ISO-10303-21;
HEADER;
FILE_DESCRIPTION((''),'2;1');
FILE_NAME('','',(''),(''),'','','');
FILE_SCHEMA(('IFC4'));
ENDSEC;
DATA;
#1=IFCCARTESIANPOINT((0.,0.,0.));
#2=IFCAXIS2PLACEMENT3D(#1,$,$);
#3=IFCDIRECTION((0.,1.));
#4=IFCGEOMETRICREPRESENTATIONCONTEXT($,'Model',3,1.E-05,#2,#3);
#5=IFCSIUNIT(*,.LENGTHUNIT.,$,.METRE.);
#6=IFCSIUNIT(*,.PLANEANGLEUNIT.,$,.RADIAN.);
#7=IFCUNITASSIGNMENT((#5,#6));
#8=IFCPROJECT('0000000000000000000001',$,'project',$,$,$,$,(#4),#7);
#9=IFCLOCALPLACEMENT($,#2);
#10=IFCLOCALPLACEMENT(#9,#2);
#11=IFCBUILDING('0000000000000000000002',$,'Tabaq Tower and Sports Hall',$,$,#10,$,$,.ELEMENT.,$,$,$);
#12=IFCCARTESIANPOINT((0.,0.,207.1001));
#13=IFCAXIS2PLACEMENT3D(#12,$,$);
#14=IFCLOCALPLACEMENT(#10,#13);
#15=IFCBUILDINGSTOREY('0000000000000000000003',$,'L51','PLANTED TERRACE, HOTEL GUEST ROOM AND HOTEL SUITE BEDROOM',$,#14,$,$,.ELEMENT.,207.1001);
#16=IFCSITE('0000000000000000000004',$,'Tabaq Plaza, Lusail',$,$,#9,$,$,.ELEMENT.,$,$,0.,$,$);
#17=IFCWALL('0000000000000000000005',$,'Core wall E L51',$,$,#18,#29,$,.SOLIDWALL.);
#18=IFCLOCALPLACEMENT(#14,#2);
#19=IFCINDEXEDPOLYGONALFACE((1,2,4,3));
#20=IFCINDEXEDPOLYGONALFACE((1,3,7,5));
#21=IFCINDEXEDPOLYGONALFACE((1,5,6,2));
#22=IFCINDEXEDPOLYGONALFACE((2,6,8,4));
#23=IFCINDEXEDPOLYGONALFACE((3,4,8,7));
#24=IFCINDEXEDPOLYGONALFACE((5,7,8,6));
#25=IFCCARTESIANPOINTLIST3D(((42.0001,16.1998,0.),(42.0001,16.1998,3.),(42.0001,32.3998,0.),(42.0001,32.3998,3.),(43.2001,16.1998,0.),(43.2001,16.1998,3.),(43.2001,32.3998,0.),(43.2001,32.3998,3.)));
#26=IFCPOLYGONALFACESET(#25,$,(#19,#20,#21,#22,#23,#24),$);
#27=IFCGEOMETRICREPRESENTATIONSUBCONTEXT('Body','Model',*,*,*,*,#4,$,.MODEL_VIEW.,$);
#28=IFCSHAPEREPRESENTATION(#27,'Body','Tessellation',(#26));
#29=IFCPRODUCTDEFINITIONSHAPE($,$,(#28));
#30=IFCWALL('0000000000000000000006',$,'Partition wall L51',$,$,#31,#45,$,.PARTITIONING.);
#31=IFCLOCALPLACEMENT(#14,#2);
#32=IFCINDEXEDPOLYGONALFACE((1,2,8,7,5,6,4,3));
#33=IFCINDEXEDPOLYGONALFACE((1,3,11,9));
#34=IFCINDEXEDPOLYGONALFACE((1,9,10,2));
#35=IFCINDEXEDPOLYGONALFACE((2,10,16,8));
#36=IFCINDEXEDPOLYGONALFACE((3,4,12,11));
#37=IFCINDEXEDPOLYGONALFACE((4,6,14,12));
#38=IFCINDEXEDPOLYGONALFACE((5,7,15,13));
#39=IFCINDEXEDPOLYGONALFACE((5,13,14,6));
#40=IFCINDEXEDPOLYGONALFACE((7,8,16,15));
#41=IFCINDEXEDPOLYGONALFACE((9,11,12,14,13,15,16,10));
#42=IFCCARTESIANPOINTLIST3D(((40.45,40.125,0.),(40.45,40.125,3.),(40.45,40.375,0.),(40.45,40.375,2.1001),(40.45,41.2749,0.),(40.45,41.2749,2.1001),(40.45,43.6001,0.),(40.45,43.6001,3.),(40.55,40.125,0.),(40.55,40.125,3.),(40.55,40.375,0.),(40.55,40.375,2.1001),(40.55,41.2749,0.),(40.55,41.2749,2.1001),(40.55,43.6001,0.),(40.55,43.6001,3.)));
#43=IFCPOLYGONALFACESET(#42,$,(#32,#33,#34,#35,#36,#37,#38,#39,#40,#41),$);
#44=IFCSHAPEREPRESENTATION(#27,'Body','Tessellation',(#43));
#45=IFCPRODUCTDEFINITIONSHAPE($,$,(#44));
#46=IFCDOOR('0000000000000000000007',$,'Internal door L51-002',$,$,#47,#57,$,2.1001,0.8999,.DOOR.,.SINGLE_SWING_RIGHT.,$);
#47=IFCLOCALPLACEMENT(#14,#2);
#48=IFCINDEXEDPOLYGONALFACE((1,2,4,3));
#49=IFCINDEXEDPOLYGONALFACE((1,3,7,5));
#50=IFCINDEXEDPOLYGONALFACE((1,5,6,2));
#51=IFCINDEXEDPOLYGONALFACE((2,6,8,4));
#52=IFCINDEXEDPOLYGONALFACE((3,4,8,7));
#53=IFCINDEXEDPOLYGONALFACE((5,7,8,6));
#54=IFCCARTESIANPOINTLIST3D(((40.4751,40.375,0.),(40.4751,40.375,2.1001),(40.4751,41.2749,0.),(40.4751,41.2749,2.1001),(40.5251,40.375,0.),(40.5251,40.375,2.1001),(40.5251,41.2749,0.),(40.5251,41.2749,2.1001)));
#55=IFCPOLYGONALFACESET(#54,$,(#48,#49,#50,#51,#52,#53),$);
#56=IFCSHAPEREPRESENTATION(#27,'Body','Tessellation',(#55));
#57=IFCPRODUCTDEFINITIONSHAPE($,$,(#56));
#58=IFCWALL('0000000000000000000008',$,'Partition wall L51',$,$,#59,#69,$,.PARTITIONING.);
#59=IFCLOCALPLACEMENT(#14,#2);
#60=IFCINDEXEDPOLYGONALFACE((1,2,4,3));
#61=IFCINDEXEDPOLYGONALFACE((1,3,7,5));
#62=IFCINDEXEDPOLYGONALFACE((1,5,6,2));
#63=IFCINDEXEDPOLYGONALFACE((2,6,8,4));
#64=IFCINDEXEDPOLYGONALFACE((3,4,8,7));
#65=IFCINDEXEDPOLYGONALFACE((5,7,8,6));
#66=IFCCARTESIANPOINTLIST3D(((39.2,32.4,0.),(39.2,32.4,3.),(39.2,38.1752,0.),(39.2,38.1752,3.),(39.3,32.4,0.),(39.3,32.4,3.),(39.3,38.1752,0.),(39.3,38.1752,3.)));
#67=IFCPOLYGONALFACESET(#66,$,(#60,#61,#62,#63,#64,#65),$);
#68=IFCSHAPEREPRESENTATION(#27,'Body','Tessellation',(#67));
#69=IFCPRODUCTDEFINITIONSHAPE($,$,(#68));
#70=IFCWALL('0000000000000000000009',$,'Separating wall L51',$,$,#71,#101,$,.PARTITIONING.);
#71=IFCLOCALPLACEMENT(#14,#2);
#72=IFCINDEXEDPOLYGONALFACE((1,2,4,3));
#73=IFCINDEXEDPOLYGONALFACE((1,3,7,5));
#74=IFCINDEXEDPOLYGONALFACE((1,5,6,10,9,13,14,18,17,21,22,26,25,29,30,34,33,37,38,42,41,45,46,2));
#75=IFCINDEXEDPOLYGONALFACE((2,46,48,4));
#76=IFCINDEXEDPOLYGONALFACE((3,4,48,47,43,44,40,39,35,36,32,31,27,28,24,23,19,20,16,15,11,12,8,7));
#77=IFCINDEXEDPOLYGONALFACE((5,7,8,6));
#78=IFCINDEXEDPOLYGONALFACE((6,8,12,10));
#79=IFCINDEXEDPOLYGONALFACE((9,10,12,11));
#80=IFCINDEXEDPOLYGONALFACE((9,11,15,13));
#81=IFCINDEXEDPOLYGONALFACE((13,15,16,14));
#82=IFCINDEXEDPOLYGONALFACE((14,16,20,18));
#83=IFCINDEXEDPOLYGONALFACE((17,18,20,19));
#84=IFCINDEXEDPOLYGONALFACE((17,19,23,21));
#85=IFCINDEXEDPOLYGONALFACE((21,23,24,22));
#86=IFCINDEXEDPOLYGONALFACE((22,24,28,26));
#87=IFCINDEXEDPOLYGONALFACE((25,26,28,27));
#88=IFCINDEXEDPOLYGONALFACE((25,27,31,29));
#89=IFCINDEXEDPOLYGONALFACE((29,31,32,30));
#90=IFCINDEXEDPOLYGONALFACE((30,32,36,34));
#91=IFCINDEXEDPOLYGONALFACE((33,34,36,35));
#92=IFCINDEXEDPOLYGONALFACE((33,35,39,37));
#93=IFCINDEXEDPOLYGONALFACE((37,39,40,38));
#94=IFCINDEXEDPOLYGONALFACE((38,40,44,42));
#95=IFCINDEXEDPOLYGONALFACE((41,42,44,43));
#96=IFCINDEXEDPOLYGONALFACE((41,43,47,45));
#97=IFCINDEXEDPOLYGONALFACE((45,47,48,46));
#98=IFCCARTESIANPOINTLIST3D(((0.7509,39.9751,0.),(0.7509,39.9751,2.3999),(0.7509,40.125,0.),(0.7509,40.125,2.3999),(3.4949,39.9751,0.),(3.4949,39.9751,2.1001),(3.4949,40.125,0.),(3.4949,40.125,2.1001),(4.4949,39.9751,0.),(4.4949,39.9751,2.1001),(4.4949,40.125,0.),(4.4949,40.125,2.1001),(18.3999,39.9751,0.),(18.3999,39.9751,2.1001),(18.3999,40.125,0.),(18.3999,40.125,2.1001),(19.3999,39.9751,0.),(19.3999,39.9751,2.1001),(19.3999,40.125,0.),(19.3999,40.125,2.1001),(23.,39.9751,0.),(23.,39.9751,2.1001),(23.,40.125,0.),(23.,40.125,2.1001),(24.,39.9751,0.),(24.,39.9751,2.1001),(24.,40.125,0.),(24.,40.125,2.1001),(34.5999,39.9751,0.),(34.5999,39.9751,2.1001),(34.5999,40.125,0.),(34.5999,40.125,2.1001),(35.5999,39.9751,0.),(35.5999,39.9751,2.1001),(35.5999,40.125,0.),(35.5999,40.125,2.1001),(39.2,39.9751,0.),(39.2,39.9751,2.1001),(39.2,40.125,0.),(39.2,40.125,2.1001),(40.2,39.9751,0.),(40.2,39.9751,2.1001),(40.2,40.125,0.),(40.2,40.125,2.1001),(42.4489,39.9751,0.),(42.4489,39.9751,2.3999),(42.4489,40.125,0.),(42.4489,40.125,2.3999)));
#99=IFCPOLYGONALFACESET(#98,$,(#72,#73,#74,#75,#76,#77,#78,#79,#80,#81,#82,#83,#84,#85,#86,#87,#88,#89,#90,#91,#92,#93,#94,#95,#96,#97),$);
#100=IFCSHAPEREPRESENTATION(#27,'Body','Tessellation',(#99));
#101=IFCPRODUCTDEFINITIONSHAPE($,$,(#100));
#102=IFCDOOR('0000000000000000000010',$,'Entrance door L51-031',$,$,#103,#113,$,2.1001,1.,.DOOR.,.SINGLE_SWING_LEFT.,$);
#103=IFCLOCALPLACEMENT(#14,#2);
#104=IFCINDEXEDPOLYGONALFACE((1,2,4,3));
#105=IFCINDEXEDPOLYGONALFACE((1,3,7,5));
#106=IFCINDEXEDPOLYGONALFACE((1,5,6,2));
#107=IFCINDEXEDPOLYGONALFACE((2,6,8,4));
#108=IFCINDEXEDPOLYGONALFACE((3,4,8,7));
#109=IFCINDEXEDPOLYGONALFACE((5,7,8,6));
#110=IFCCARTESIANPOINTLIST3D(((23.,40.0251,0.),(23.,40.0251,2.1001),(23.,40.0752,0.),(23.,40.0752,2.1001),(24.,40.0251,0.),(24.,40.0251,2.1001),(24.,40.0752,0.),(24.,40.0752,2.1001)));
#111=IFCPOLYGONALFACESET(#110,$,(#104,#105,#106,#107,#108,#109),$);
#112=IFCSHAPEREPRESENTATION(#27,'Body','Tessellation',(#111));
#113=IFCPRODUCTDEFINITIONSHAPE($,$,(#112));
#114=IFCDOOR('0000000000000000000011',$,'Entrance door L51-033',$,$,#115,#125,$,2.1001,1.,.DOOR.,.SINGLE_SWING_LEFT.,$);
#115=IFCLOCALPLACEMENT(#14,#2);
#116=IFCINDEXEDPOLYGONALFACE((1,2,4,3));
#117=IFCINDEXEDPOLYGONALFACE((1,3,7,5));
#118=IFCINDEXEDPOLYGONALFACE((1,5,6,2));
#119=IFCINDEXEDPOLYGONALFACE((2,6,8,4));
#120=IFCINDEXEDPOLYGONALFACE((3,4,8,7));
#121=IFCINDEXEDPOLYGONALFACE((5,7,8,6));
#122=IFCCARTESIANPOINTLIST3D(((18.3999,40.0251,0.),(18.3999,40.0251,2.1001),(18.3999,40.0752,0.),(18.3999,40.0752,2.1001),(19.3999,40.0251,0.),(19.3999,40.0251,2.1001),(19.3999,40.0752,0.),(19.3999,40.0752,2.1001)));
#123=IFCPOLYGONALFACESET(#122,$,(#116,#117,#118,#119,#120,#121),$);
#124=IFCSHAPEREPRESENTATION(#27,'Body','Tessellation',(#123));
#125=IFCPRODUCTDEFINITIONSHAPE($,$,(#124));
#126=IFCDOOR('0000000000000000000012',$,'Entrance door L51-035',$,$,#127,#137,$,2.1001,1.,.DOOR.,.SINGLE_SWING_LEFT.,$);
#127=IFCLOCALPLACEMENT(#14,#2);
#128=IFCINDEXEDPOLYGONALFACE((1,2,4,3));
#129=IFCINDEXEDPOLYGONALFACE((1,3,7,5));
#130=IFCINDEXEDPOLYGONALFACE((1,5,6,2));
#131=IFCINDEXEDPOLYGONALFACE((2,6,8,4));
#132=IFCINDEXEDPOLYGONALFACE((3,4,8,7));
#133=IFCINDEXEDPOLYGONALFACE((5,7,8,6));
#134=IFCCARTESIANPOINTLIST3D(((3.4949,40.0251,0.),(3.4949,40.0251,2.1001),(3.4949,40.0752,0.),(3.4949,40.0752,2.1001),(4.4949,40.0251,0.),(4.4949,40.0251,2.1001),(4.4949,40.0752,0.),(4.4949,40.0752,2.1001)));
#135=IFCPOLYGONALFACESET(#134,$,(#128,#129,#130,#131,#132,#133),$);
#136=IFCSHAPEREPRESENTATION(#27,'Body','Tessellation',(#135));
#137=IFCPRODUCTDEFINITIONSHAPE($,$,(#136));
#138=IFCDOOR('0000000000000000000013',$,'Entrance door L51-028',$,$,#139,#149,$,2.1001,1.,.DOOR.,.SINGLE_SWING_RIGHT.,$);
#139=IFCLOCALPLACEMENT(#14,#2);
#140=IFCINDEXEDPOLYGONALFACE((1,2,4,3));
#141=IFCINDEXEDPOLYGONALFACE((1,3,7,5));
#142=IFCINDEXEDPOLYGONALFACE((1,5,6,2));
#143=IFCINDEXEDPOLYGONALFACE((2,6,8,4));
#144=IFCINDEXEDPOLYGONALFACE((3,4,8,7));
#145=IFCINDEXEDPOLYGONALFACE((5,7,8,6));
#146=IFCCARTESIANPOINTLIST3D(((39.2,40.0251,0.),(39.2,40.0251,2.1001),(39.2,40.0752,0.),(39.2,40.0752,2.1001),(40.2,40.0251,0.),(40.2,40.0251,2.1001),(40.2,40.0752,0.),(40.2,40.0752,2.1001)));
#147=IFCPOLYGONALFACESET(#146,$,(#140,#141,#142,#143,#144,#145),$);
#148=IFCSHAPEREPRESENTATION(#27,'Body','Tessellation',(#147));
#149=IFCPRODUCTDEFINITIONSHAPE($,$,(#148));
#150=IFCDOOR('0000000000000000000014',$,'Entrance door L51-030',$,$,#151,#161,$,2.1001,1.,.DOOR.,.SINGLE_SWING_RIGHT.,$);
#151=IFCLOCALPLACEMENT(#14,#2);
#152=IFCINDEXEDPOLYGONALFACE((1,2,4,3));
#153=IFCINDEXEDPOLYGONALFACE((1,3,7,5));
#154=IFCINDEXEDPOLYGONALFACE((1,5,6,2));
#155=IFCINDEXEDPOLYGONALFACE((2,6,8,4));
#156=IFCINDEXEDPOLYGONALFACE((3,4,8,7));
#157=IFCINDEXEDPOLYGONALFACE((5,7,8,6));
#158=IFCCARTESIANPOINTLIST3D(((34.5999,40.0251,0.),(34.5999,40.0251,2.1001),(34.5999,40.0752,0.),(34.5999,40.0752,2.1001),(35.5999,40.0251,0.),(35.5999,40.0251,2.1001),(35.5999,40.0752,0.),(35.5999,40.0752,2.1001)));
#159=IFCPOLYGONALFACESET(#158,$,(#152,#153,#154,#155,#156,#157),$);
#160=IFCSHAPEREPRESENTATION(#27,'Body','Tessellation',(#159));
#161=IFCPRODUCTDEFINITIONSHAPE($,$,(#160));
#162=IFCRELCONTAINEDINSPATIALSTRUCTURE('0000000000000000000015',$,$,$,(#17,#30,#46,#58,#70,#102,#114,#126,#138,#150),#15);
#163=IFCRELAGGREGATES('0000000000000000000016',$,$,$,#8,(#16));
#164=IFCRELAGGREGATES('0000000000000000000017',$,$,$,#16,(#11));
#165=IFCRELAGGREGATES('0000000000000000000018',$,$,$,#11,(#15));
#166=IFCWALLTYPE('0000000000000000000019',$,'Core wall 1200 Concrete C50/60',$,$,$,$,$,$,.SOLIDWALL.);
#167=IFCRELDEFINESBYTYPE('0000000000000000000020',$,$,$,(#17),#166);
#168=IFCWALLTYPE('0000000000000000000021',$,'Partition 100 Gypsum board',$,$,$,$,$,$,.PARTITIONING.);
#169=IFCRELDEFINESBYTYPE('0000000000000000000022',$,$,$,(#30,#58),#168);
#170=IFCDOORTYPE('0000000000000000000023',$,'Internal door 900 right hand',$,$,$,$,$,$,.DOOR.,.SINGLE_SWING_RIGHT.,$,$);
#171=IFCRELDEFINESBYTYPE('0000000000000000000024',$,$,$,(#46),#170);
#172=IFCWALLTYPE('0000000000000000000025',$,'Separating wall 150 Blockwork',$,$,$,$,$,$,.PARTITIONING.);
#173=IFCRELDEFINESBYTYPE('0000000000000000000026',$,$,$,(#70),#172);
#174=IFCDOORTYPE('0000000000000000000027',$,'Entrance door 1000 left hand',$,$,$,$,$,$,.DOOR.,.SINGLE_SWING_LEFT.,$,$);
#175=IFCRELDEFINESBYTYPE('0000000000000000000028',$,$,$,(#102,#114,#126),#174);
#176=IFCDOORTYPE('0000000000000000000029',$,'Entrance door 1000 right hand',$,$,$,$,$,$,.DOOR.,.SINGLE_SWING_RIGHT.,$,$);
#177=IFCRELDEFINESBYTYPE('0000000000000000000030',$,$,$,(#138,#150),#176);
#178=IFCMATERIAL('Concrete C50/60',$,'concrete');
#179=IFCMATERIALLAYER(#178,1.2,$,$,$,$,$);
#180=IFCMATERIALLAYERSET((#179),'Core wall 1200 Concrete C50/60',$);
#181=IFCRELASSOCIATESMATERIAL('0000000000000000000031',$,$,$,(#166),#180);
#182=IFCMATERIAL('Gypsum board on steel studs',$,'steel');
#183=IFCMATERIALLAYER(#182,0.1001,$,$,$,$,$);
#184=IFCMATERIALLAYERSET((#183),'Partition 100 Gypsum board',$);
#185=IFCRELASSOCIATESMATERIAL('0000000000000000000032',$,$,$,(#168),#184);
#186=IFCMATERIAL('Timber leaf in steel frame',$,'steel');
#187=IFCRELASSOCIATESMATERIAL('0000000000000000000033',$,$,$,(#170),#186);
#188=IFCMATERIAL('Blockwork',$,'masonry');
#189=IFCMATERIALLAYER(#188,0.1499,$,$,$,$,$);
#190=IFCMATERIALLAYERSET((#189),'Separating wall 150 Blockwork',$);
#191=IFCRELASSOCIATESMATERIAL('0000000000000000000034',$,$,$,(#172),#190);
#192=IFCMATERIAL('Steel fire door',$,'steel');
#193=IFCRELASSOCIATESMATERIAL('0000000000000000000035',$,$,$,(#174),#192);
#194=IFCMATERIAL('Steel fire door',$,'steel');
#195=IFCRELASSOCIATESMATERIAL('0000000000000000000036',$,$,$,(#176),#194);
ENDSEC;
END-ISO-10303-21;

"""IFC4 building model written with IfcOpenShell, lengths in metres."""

from ifc_helpers import new_model, si_unit, direction, frame, frame_2d, origin, place, context, subcontext, project, spatial, rectangle, extrude, material, layer, layer_set, type_object, element, fill, save


model = new_model("IFC4")

# Units and contexts
model_context = context("Model", 3, precision=1e-05, world=origin(), true_north=direction((0.0, 1.0)))
body_context = subcontext(model_context, "Body", "Model", "MODEL_VIEW")
ifc_project = project(units=[si_unit("LENGTHUNIT", "METRE"), si_unit("PLANEANGLEUNIT", "RADIAN")], contexts=[model_context])

# Site, building, storey
site_placement = place(None, origin())
site = spatial("IfcSite", under=ifc_project, at=site_placement, Name="Tabaq Plaza, Lusail", CompositionType="ELEMENT", RefElevation=0.0)
building_placement = place(site_placement, origin())
building = spatial("IfcBuilding", under=site, at=building_placement, Name="Tabaq Tower and Sports Hall", CompositionType="ELEMENT")
storey_placement = place(building_placement, frame((0.0, 0.0, 207.1001)))
storey = spatial("IfcBuildingStorey", under=building, at=storey_placement, Name="L51", Description="PLANTED TERRACE, HOTEL GUEST ROOM AND HOTEL SUITE BEDROOM", CompositionType="ELEMENT", Elevation=207.1001)

# Wall
ifc_material_1 = material(Name="Concrete C50/60", Category="concrete")
ifc_layer_1 = layer(ifc_material_1, 1.2)
ifc_layer_set_1 = layer_set([ifc_layer_1], Name="Core wall 1200 Concrete C50/60")
wall_type_1 = type_object("IfcWallType", Name="Core wall 1200 Concrete C50/60", PredefinedType="SOLIDWALL", material=ifc_layer_set_1)
wall_1_placement = place(storey_placement, frame((42.6001, 32.3999, 0.0), z_axis=(0.0, 0.0, 1.0), x_axis=(0.0, -1.0, 0.0)))
element("IfcWall", 1, at=wall_1_placement, inside=storey, type_object=wall_type_1, Name="Core wall E L51", PredefinedType="SOLIDWALL", context=body_context, shape_type="SweptSolid", body=[
    extrude(rectangle(XDim=16.2, YDim=1.2, at=frame_2d((8.1001, 0.0))), origin(), (0.0, 0.0, 1.0), 3.0),
])

# Wall, opening, door
ifc_material_2 = material(Name="Gypsum board on steel studs", Category="steel")
ifc_layer_2 = layer(ifc_material_2, 0.1001)
ifc_layer_set_2 = layer_set([ifc_layer_2], Name="Partition 100 Gypsum board")
wall_type_2 = type_object("IfcWallType", Name="Partition 100 Gypsum board", PredefinedType="PARTITIONING", material=ifc_layer_set_2)
wall_2_placement = place(storey_placement, frame((40.5, 40.125, 0.0), z_axis=(0.0, 0.0, 1.0), x_axis=(0.0, 1.0, 0.0)))
wall_2 = element("IfcWall", 2, at=wall_2_placement, inside=storey, type_object=wall_type_2, Name="Partition wall L51", PredefinedType="PARTITIONING", context=body_context, shape_type="SweptSolid", body=[
    extrude(rectangle(XDim=3.4751, YDim=0.1001, at=frame_2d((1.7375, 0.0))), origin(), (0.0, 0.0, 1.0), 3.0),
])
opening_1_placement = place(wall_2_placement, frame((0.25, 0.0, 0.0)))
opening_1 = element("IfcOpeningElement", 3, at=opening_1_placement, cuts=wall_2, PredefinedType="OPENING", context=body_context, shape_type="SweptSolid", body=[
    extrude(rectangle(XDim=0.8999, YDim=2.1001, at=frame_2d((0.45, 1.05))), frame((0.0, 0.05, 0.0), z_axis=(0.0, -1.0, 0.0), x_axis=(1.0, 0.0, 0.0)), (0.0, 0.0, 1.0), 0.1001),
])
ifc_material_3 = material(Name="Timber leaf in steel frame", Category="steel")
door_type_1 = type_object("IfcDoorType", Name="Internal door 900 right hand", OperationType="SINGLE_SWING_RIGHT", PredefinedType="DOOR", material=ifc_material_3)
door_1_placement = place(opening_1_placement, origin())
door_1 = element("IfcDoor", 4, at=door_1_placement, inside=storey, type_object=door_type_1, Name="Internal door L51-002", OperationType="SINGLE_SWING_RIGHT", OverallHeight=2.1001, OverallWidth=0.8999, PredefinedType="DOOR", context=body_context, shape_type="SweptSolid", body=[
    extrude(rectangle(XDim=0.8999, YDim=2.1001, at=frame_2d((0.45, 1.05))), frame((0.0, 0.0249, 0.0), z_axis=(0.0, -1.0, 0.0), x_axis=(1.0, 0.0, 0.0)), (0.0, 0.0, 1.0), 0.05),
])
fill(opening_1, door_1)

# Wall
wall_3_placement = place(storey_placement, frame((39.25, 32.3999, 0.0), z_axis=(0.0, 0.0, 1.0), x_axis=(0.0, 1.0, 0.0)))
element("IfcWall", 5, at=wall_3_placement, inside=storey, type_object=wall_type_2, Name="Partition wall L51", PredefinedType="PARTITIONING", context=body_context, shape_type="SweptSolid", body=[
    extrude(rectangle(XDim=5.7751, YDim=0.1001, at=frame_2d((2.8877, 0.0))), origin(), (0.0, 0.0, 1.0), 3.0),
])

# Wall, openings, doors
ifc_material_4 = material(Name="Blockwork", Category="masonry")
ifc_layer_3 = layer(ifc_material_4, 0.1499)
ifc_layer_set_3 = layer_set([ifc_layer_3], Name="Separating wall 150 Blockwork")
wall_type_3 = type_object("IfcWallType", Name="Separating wall 150 Blockwork", PredefinedType="PARTITIONING", material=ifc_layer_set_3)
wall_4_placement = place(storey_placement, frame((42.449, 40.05, 0.0), z_axis=(0.0, 0.0, 1.0), x_axis=(-1.0, 0.0, 0.0)))
wall_4 = element("IfcWall", 6, at=wall_4_placement, inside=storey, type_object=wall_type_3, Name="Separating wall L51", PredefinedType="PARTITIONING", context=body_context, shape_type="SweptSolid", body=[
    extrude(rectangle(XDim=41.698, YDim=0.1499, at=frame_2d((20.8491, 0.0))), origin(), (0.0, 0.0, 1.0), 2.3999),
])
opening_2_placement = place(wall_4_placement, frame((2.249, 0.0, 0.0)))
opening_2 = element("IfcOpeningElement", 7, at=opening_2_placement, cuts=wall_4, PredefinedType="OPENING", context=body_context, shape_type="SweptSolid", body=[
    extrude(rectangle(XDim=1.0, YDim=2.1001, at=frame_2d((0.5, 1.05))), frame((0.0, 0.075, 0.0), z_axis=(0.0, -1.0, 0.0), x_axis=(1.0, 0.0, 0.0)), (0.0, 0.0, 1.0), 0.1499),
])
opening_3_placement = place(wall_4_placement, frame((6.8491, 0.0, 0.0)))
opening_3 = element("IfcOpeningElement", 8, at=opening_3_placement, cuts=wall_4, PredefinedType="OPENING", context=body_context, shape_type="SweptSolid", body=[
    extrude(rectangle(XDim=1.0, YDim=2.1001, at=frame_2d((0.5, 1.05))), frame((0.0, 0.075, 0.0), z_axis=(0.0, -1.0, 0.0), x_axis=(1.0, 0.0, 0.0)), (0.0, 0.0, 1.0), 0.1499),
])
opening_4_placement = place(wall_4_placement, frame((18.449, 0.0, 0.0)))
opening_4 = element("IfcOpeningElement", 9, at=opening_4_placement, cuts=wall_4, PredefinedType="OPENING", context=body_context, shape_type="SweptSolid", body=[
    extrude(rectangle(XDim=1.0, YDim=2.1001, at=frame_2d((0.5, 1.05))), frame((0.0, 0.075, 0.0), z_axis=(0.0, -1.0, 0.0), x_axis=(1.0, 0.0, 0.0)), (0.0, 0.0, 1.0), 0.1499),
])
opening_5_placement = place(wall_4_placement, frame((23.0491, 0.0, 0.0)))
opening_5 = element("IfcOpeningElement", 10, at=opening_5_placement, cuts=wall_4, PredefinedType="OPENING", context=body_context, shape_type="SweptSolid", body=[
    extrude(rectangle(XDim=1.0, YDim=2.1001, at=frame_2d((0.5, 1.05))), frame((0.0, 0.075, 0.0), z_axis=(0.0, -1.0, 0.0), x_axis=(1.0, 0.0, 0.0)), (0.0, 0.0, 1.0), 0.1499),
])
opening_6_placement = place(wall_4_placement, frame((37.9541, 0.0, 0.0)))
opening_6 = element("IfcOpeningElement", 11, at=opening_6_placement, cuts=wall_4, PredefinedType="OPENING", context=body_context, shape_type="SweptSolid", body=[
    extrude(rectangle(XDim=1.0, YDim=2.1001, at=frame_2d((0.5, 1.05))), frame((0.0, 0.075, 0.0), z_axis=(0.0, -1.0, 0.0), x_axis=(1.0, 0.0, 0.0)), (0.0, 0.0, 1.0), 0.1499),
])
ifc_material_5 = material(Name="Steel fire door", Category="steel")
door_type_2 = type_object("IfcDoorType", Name="Entrance door 1000 left hand", OperationType="SINGLE_SWING_LEFT", PredefinedType="DOOR", material=ifc_material_5)
door_2_placement = place(opening_4_placement, origin())
door_2 = element("IfcDoor", 12, at=door_2_placement, inside=storey, type_object=door_type_2, Name="Entrance door L51-031", OperationType="SINGLE_SWING_LEFT", OverallHeight=2.1001, OverallWidth=1.0, PredefinedType="DOOR", context=body_context, shape_type="SweptSolid", body=[
    extrude(rectangle(XDim=1.0, YDim=2.1001, at=frame_2d((0.5, 1.05))), frame((0.0, 0.0249, 0.0), z_axis=(0.0, -1.0, 0.0), x_axis=(1.0, 0.0, 0.0)), (0.0, 0.0, 1.0), 0.05),
])
fill(opening_4, door_2)
door_3_placement = place(opening_5_placement, origin())
door_3 = element("IfcDoor", 13, at=door_3_placement, inside=storey, type_object=door_type_2, Name="Entrance door L51-033", OperationType="SINGLE_SWING_LEFT", OverallHeight=2.1001, OverallWidth=1.0, PredefinedType="DOOR", context=body_context, shape_type="SweptSolid", body=[
    extrude(rectangle(XDim=1.0, YDim=2.1001, at=frame_2d((0.5, 1.05))), frame((0.0, 0.0249, 0.0), z_axis=(0.0, -1.0, 0.0), x_axis=(1.0, 0.0, 0.0)), (0.0, 0.0, 1.0), 0.05),
])
fill(opening_5, door_3)
door_4_placement = place(opening_6_placement, origin())
door_4 = element("IfcDoor", 14, at=door_4_placement, inside=storey, type_object=door_type_2, Name="Entrance door L51-035", OperationType="SINGLE_SWING_LEFT", OverallHeight=2.1001, OverallWidth=1.0, PredefinedType="DOOR", context=body_context, shape_type="SweptSolid", body=[
    extrude(rectangle(XDim=1.0, YDim=2.1001, at=frame_2d((0.5, 1.05))), frame((0.0, 0.0249, 0.0), z_axis=(0.0, -1.0, 0.0), x_axis=(1.0, 0.0, 0.0)), (0.0, 0.0, 1.0), 0.05),
])
fill(opening_6, door_4)
ifc_material_6 = material(Name="Steel fire door", Category="steel")
door_type_3 = type_object("IfcDoorType", Name="Entrance door 1000 right hand", OperationType="SINGLE_SWING_RIGHT", PredefinedType="DOOR", material=ifc_material_6)
door_5_placement = place(opening_2_placement, origin())
door_5 = element("IfcDoor", 15, at=door_5_placement, inside=storey, type_object=door_type_3, Name="Entrance door L51-028", OperationType="SINGLE_SWING_RIGHT", OverallHeight=2.1001, OverallWidth=1.0, PredefinedType="DOOR", context=body_context, shape_type="SweptSolid", body=[
    extrude(rectangle(XDim=1.0, YDim=2.1001, at=frame_2d((0.5, 1.05))), frame((0.0, 0.0249, 0.0), z_axis=(0.0, -1.0, 0.0), x_axis=(1.0, 0.0, 0.0)), (0.0, 0.0, 1.0), 0.05),
])
fill(opening_2, door_5)
door_6_placement = place(opening_3_placement, origin())
door_6 = element("IfcDoor", 16, at=door_6_placement, inside=storey, type_object=door_type_3, Name="Entrance door L51-030", OperationType="SINGLE_SWING_RIGHT", OverallHeight=2.1001, OverallWidth=1.0, PredefinedType="DOOR", context=body_context, shape_type="SweptSolid", body=[
    extrude(rectangle(XDim=1.0, YDim=2.1001, at=frame_2d((0.5, 1.05))), frame((0.0, 0.0249, 0.0), z_axis=(0.0, -1.0, 0.0), x_axis=(1.0, 0.0, 0.0)), (0.0, 0.0, 1.0), 0.05),
])
fill(opening_3, door_6)

save(model, "model.ifc")
